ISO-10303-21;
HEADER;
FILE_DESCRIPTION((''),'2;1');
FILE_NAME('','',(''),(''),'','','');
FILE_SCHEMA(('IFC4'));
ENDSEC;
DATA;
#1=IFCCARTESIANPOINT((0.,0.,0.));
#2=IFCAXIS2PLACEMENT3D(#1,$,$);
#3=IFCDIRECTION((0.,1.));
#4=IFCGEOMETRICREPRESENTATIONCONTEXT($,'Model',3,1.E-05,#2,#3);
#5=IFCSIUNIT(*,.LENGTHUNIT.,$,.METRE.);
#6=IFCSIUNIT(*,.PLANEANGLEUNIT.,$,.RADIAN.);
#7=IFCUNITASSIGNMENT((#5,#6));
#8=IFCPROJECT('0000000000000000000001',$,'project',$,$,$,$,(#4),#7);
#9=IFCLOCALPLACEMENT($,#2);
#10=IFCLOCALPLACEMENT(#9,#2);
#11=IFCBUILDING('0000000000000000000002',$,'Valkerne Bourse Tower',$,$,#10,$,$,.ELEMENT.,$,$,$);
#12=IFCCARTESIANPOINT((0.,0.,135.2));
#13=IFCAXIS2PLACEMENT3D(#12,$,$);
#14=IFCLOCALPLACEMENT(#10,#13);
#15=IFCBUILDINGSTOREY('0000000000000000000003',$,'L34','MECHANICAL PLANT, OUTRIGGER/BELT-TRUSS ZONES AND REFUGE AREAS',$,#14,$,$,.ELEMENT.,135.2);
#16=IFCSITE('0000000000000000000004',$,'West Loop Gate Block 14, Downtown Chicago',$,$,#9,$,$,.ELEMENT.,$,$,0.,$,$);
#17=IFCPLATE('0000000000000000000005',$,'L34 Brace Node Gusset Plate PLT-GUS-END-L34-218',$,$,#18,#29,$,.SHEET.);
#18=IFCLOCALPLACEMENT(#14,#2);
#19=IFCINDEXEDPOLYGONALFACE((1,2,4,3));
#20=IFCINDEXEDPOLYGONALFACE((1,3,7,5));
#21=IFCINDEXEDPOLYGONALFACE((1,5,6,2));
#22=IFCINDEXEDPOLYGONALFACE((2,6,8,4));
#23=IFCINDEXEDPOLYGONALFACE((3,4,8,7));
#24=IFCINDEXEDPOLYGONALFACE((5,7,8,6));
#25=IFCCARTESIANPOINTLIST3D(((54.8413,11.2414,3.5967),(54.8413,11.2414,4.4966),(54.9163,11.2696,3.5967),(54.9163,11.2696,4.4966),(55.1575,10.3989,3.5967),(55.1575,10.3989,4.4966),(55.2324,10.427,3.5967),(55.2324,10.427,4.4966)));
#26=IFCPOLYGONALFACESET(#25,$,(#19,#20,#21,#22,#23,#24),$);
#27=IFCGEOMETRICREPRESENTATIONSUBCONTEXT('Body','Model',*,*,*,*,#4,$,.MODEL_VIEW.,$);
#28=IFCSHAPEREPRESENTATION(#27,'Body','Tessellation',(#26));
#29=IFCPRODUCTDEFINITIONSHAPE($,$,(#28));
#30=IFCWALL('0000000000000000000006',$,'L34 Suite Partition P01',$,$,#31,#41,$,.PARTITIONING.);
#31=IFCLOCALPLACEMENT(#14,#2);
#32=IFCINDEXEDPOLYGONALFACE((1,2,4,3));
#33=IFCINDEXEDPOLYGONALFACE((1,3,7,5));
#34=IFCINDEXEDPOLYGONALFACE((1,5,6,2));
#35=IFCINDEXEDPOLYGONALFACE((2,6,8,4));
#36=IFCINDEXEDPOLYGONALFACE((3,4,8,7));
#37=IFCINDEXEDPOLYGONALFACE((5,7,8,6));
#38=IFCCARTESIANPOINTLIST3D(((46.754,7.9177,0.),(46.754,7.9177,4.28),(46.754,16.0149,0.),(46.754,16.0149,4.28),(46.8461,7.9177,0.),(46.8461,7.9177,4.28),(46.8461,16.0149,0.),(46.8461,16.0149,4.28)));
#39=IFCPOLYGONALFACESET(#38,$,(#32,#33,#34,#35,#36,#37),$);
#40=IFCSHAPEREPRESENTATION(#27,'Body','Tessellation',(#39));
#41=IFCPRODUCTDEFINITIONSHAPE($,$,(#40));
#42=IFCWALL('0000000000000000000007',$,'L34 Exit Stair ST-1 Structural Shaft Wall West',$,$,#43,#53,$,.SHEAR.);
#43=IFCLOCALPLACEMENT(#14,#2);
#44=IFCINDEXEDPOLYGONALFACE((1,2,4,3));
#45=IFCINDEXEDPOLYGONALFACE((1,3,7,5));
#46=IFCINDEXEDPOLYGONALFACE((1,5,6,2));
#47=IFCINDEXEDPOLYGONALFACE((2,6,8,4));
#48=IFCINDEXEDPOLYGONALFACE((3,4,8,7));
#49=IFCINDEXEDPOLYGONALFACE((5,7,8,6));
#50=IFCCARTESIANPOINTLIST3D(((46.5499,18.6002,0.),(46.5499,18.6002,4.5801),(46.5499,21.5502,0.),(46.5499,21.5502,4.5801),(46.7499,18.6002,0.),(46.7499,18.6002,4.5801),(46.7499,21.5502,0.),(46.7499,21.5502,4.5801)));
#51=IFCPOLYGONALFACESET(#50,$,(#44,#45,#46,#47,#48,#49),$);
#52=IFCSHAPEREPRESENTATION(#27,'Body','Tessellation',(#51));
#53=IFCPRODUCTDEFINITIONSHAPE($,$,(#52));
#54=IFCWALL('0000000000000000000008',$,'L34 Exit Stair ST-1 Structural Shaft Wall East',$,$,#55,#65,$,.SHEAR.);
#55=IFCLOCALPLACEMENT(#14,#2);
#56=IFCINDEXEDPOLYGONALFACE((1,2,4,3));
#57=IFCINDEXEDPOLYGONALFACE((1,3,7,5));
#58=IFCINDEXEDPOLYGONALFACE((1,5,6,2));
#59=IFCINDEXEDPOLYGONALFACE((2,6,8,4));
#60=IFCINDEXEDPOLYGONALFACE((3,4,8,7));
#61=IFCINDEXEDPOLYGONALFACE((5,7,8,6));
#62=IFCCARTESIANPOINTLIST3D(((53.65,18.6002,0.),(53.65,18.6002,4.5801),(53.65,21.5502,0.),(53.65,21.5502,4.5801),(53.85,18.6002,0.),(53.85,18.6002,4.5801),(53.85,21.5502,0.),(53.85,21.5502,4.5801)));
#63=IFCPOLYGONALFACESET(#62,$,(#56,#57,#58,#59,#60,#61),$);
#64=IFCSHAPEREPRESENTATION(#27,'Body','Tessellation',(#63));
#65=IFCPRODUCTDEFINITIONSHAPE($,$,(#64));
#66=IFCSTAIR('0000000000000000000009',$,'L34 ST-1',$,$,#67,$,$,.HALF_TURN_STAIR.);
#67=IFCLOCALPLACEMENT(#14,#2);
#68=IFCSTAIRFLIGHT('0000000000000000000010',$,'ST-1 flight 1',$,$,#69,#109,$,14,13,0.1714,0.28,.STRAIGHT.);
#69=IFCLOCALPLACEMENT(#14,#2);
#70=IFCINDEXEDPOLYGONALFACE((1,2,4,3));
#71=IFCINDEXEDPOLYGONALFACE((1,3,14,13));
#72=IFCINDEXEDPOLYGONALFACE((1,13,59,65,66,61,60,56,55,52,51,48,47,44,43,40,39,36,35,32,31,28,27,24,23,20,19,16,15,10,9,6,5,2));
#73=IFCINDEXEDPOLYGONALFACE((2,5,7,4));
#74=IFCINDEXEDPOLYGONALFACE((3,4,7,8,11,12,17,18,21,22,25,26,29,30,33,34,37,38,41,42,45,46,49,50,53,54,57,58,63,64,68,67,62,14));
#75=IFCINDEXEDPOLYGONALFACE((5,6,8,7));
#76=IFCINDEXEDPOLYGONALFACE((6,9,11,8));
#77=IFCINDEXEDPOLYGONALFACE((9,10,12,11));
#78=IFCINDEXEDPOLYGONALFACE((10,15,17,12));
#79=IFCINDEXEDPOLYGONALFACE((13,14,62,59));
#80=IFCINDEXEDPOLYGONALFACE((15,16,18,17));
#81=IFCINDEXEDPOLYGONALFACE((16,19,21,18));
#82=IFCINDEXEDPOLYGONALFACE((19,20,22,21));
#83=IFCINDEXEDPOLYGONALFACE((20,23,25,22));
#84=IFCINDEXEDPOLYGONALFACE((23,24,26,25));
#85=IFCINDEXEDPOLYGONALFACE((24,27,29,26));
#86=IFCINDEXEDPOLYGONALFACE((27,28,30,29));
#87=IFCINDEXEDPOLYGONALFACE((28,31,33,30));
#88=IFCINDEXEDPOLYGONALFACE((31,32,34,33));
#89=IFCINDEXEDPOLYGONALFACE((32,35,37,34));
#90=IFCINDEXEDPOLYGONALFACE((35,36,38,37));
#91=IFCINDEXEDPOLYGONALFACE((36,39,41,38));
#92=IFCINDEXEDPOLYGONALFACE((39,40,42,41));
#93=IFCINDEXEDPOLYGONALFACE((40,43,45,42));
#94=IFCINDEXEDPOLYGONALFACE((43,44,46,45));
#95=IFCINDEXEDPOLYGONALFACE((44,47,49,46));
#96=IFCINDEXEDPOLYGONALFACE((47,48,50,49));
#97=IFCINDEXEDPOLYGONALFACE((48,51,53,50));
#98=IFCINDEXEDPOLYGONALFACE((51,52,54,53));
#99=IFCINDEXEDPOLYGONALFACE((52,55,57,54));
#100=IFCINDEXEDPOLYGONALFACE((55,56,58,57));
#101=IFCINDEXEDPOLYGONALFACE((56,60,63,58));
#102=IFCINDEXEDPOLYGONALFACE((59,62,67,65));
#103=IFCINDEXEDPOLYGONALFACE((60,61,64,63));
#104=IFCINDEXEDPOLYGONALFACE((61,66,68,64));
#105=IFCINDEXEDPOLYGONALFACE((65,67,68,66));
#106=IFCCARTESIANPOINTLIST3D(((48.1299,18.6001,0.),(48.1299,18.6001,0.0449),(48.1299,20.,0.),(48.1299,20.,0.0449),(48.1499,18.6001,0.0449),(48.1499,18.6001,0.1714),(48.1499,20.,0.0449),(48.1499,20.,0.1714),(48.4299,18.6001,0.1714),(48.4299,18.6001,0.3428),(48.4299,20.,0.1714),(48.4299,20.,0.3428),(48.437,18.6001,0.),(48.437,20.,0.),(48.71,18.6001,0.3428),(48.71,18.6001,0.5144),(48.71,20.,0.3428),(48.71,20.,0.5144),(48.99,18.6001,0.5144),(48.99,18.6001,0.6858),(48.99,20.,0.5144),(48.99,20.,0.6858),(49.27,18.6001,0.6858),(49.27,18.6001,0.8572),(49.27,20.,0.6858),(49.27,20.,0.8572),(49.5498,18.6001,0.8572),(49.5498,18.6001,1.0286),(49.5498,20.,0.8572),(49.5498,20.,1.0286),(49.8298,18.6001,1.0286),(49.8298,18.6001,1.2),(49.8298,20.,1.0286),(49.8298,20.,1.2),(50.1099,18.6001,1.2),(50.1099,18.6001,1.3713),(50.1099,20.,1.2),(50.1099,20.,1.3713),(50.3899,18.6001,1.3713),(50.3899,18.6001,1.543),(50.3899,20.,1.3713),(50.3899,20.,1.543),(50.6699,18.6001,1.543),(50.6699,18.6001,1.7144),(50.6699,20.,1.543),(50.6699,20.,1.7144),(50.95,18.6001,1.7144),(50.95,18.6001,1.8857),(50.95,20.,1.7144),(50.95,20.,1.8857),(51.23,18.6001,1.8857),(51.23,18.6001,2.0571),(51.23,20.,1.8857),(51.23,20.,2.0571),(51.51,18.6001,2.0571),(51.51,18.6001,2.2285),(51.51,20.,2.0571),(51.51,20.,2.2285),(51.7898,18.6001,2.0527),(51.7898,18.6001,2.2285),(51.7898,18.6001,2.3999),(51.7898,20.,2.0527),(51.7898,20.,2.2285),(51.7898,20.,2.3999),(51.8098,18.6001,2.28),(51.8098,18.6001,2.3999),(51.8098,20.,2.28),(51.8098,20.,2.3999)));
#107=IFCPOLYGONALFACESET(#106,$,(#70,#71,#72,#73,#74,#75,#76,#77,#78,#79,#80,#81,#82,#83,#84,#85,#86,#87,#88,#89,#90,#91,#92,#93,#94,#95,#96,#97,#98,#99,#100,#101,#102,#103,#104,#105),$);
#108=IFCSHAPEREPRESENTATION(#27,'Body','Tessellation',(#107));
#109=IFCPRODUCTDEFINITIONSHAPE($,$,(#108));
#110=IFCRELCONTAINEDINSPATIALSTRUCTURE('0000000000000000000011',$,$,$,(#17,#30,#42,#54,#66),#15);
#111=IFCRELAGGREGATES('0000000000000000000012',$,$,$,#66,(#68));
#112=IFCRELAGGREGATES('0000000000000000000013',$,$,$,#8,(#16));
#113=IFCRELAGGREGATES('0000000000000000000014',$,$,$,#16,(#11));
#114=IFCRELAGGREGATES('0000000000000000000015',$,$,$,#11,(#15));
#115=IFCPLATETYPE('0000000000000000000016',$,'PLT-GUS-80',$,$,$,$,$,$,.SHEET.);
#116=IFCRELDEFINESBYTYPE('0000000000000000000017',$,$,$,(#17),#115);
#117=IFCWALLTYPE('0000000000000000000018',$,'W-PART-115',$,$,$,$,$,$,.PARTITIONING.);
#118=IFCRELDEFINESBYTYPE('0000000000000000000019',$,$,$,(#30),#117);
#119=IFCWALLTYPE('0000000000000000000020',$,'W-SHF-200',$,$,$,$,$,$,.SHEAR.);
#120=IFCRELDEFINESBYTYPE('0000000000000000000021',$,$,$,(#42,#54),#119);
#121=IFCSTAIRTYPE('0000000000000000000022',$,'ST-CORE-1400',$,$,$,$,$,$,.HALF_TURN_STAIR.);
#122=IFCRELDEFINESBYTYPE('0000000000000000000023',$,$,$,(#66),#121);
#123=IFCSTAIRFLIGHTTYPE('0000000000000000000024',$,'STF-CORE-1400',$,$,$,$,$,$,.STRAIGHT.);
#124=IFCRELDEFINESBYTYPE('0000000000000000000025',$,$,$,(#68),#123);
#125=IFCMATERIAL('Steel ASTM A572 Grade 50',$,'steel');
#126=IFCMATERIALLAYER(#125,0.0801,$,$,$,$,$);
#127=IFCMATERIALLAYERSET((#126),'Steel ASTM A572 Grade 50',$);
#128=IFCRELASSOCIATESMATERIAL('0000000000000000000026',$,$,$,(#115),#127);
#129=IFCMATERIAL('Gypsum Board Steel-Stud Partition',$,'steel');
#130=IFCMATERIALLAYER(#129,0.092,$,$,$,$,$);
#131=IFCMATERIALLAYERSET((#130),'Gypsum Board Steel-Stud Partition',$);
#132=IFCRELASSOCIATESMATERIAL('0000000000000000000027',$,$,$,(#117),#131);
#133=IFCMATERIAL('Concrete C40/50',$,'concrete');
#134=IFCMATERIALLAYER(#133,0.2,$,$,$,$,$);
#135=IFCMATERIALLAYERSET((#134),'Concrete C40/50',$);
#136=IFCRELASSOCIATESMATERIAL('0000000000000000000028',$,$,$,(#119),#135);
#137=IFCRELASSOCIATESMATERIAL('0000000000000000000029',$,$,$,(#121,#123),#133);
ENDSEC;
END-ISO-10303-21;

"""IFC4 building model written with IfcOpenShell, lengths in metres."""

from ifc_helpers import new_model, si_unit, direction, frame, frame_2d, origin, origin_2d, place, context, subcontext, project, spatial, polyline, rectangle, outline, extrude, material, layer, layer_set, type_object, element, aggregate, save


model = new_model("IFC4")

# Units and contexts
model_context = context("Model", 3, precision=1e-05, world=origin(), true_north=direction((0.0, 1.0)))
body_context = subcontext(model_context, "Body", "Model", "MODEL_VIEW")
ifc_project = project(units=[si_unit("LENGTHUNIT", "METRE"), si_unit("PLANEANGLEUNIT", "RADIAN")], contexts=[model_context])

# Site, building, storey
site_placement = place(None, origin())
site = spatial("IfcSite", under=ifc_project, at=site_placement, Name="West Loop Gate Block 14, Downtown Chicago", CompositionType="ELEMENT", RefElevation=0.0)
building_placement = place(site_placement, origin())
building = spatial("IfcBuilding", under=site, at=building_placement, Name="Valkerne Bourse Tower", CompositionType="ELEMENT")
storey_placement = place(building_placement, frame((0.0, 0.0, 135.2)))
storey = spatial("IfcBuildingStorey", under=building, at=storey_placement, Name="L34", Description="MECHANICAL PLANT, OUTRIGGER/BELT-TRUSS ZONES AND REFUGE AREAS", CompositionType="ELEMENT", Elevation=135.2)

# Plate
ifc_material_1 = material(Name="Steel ASTM A572 Grade 50", Category="steel")
ifc_layer_1 = layer(ifc_material_1, 0.0801)
ifc_layer_set_1 = layer_set([ifc_layer_1], Name="Steel ASTM A572 Grade 50")
plate_type = type_object("IfcPlateType", Name="PLT-GUS-80", PredefinedType="SHEET", material=ifc_layer_set_1)
plate_placement = place(storey_placement, frame((55.0369, 10.8342, 3.5967), z_axis=(0.0, 0.0, 1.0), x_axis=(-0.351351, 0.936244, 0.0)))
element("IfcPlate", 1, at=plate_placement, inside=storey, type_object=plate_type, Name="L34 Brace Node Gusset Plate PLT-GUS-END-L34-218", PredefinedType="SHEET", context=body_context, shape_type="SweptSolid", body=[
    extrude(rectangle(XDim=0.8999, YDim=0.0801, at=origin_2d()), origin(), (0.0, 0.0, 1.0), 0.8999),
])

# Walls
ifc_material_2 = material(Name="Gypsum Board Steel-Stud Partition", Category="steel")
ifc_layer_2 = layer(ifc_material_2, 0.092)
ifc_layer_set_2 = layer_set([ifc_layer_2], Name="Gypsum Board Steel-Stud Partition")
wall_type_1 = type_object("IfcWallType", Name="W-PART-115", PredefinedType="PARTITIONING", material=ifc_layer_set_2)
wall_1_placement = place(storey_placement, frame((46.8, 16.0149, 0.0), z_axis=(0.0, 0.0, 1.0), x_axis=(0.0, -1.0, 0.0)))
element("IfcWall", 2, at=wall_1_placement, inside=storey, type_object=wall_type_1, Name="L34 Suite Partition P01", PredefinedType="PARTITIONING", context=body_context, shape_type="SweptSolid", body=[
    extrude(rectangle(XDim=8.0972, YDim=0.092, at=frame_2d((4.0486, 0.0))), origin(), (0.0, 0.0, 1.0), 4.28),
])
ifc_material_3 = material(Name="Concrete C40/50", Category="concrete")
ifc_layer_3 = layer(ifc_material_3, 0.2)
ifc_layer_set_3 = layer_set([ifc_layer_3], Name="Concrete C40/50")
wall_type_2 = type_object("IfcWallType", Name="W-SHF-200", PredefinedType="SHEAR", material=ifc_layer_set_3)
for number, where, z_axis, x_axis, name in (
    (3, (46.6499, 18.6001, 0.0), (0.0, 0.0, 1.0), (0.0, 1.0, 0.0), "L34 Exit Stair ST-1 Structural Shaft Wall West"),
    (4, (53.75, 18.6001, 0.0), (0.0, 0.0, 1.0), (0.0, 1.0, 0.0), "L34 Exit Stair ST-1 Structural Shaft Wall East"),
):
    element("IfcWall", number, at=place(storey_placement, frame(where, z_axis=z_axis, x_axis=x_axis)), inside=storey, type_object=wall_type_2, Name=name, PredefinedType="SHEAR", context=body_context, shape_type="SweptSolid", body=[
        extrude(rectangle(XDim=2.95, YDim=0.2, at=frame_2d((1.4751, 0.0))), origin(), (0.0, 0.0, 1.0), 4.5801),
    ])

# Stair, stair flight
stair_type = type_object("IfcStairType", Name="ST-CORE-1400", PredefinedType="HALF_TURN_STAIR", material=ifc_material_3)
stair_placement = place(storey_placement, origin())
stair = element("IfcStair", 5, at=stair_placement, inside=storey, type_object=stair_type, Name="L34 ST-1", PredefinedType="HALF_TURN_STAIR")
stair_flight_type = type_object("IfcStairFlightType", Name="STF-CORE-1400", PredefinedType="STRAIGHT", material=ifc_material_3)
stair_flight_placement = place(storey_placement, frame((48.1499, 19.3, 0.0), z_axis=(0.0, 0.0, 1.0), x_axis=(1.0, 0.0, 0.0)))
stair_flight = element("IfcStairFlight", 6, at=stair_flight_placement, type_object=stair_flight_type, Name="ST-1 flight 1", NumberOfRisers=14, NumberOfTreads=13, PredefinedType="STRAIGHT", RiserHeight=0.1714, TreadLength=0.28, context=body_context, shape_type="SweptSolid", body=[
    extrude(outline(polyline([(-0.02, 0.0), (-0.02, 0.0449), (0.0, 0.0449), (0.0, 0.1714), (0.28, 0.1714), (0.28, 0.3428), (0.5601, 0.3428), (0.5601, 0.5144), (0.8401, 0.5144), (0.8401, 0.6858), (1.1201, 0.6858), (1.1201, 0.8572), (1.3999, 0.8572), (1.3999, 1.0286), (1.6799, 1.0286), (1.6799, 1.2), (1.96, 1.2), (1.96, 1.3713), (2.24, 1.3713), (2.24, 1.543), (2.52, 1.543), (2.52, 1.7144), (2.8, 1.7144), (2.8, 1.8857), (3.0801, 1.8857), (3.0801, 2.0571), (3.3601, 2.0571), (3.3601, 2.2285), (3.6399, 2.2285), (3.6399, 2.3999), (3.6599, 2.3999), (3.6599, 2.28), (3.6399, 2.0527), (0.2871, 0.0), (-0.02, 0.0)])), frame((0.0, 0.7, 0.0), z_axis=(0.0, -1.0, 0.0), x_axis=(1.0, 0.0, 0.0)), (0.0, 0.0, 1.0), 1.3999),
])
aggregate(stair, [stair_flight])

save(model, "model.ifc")
